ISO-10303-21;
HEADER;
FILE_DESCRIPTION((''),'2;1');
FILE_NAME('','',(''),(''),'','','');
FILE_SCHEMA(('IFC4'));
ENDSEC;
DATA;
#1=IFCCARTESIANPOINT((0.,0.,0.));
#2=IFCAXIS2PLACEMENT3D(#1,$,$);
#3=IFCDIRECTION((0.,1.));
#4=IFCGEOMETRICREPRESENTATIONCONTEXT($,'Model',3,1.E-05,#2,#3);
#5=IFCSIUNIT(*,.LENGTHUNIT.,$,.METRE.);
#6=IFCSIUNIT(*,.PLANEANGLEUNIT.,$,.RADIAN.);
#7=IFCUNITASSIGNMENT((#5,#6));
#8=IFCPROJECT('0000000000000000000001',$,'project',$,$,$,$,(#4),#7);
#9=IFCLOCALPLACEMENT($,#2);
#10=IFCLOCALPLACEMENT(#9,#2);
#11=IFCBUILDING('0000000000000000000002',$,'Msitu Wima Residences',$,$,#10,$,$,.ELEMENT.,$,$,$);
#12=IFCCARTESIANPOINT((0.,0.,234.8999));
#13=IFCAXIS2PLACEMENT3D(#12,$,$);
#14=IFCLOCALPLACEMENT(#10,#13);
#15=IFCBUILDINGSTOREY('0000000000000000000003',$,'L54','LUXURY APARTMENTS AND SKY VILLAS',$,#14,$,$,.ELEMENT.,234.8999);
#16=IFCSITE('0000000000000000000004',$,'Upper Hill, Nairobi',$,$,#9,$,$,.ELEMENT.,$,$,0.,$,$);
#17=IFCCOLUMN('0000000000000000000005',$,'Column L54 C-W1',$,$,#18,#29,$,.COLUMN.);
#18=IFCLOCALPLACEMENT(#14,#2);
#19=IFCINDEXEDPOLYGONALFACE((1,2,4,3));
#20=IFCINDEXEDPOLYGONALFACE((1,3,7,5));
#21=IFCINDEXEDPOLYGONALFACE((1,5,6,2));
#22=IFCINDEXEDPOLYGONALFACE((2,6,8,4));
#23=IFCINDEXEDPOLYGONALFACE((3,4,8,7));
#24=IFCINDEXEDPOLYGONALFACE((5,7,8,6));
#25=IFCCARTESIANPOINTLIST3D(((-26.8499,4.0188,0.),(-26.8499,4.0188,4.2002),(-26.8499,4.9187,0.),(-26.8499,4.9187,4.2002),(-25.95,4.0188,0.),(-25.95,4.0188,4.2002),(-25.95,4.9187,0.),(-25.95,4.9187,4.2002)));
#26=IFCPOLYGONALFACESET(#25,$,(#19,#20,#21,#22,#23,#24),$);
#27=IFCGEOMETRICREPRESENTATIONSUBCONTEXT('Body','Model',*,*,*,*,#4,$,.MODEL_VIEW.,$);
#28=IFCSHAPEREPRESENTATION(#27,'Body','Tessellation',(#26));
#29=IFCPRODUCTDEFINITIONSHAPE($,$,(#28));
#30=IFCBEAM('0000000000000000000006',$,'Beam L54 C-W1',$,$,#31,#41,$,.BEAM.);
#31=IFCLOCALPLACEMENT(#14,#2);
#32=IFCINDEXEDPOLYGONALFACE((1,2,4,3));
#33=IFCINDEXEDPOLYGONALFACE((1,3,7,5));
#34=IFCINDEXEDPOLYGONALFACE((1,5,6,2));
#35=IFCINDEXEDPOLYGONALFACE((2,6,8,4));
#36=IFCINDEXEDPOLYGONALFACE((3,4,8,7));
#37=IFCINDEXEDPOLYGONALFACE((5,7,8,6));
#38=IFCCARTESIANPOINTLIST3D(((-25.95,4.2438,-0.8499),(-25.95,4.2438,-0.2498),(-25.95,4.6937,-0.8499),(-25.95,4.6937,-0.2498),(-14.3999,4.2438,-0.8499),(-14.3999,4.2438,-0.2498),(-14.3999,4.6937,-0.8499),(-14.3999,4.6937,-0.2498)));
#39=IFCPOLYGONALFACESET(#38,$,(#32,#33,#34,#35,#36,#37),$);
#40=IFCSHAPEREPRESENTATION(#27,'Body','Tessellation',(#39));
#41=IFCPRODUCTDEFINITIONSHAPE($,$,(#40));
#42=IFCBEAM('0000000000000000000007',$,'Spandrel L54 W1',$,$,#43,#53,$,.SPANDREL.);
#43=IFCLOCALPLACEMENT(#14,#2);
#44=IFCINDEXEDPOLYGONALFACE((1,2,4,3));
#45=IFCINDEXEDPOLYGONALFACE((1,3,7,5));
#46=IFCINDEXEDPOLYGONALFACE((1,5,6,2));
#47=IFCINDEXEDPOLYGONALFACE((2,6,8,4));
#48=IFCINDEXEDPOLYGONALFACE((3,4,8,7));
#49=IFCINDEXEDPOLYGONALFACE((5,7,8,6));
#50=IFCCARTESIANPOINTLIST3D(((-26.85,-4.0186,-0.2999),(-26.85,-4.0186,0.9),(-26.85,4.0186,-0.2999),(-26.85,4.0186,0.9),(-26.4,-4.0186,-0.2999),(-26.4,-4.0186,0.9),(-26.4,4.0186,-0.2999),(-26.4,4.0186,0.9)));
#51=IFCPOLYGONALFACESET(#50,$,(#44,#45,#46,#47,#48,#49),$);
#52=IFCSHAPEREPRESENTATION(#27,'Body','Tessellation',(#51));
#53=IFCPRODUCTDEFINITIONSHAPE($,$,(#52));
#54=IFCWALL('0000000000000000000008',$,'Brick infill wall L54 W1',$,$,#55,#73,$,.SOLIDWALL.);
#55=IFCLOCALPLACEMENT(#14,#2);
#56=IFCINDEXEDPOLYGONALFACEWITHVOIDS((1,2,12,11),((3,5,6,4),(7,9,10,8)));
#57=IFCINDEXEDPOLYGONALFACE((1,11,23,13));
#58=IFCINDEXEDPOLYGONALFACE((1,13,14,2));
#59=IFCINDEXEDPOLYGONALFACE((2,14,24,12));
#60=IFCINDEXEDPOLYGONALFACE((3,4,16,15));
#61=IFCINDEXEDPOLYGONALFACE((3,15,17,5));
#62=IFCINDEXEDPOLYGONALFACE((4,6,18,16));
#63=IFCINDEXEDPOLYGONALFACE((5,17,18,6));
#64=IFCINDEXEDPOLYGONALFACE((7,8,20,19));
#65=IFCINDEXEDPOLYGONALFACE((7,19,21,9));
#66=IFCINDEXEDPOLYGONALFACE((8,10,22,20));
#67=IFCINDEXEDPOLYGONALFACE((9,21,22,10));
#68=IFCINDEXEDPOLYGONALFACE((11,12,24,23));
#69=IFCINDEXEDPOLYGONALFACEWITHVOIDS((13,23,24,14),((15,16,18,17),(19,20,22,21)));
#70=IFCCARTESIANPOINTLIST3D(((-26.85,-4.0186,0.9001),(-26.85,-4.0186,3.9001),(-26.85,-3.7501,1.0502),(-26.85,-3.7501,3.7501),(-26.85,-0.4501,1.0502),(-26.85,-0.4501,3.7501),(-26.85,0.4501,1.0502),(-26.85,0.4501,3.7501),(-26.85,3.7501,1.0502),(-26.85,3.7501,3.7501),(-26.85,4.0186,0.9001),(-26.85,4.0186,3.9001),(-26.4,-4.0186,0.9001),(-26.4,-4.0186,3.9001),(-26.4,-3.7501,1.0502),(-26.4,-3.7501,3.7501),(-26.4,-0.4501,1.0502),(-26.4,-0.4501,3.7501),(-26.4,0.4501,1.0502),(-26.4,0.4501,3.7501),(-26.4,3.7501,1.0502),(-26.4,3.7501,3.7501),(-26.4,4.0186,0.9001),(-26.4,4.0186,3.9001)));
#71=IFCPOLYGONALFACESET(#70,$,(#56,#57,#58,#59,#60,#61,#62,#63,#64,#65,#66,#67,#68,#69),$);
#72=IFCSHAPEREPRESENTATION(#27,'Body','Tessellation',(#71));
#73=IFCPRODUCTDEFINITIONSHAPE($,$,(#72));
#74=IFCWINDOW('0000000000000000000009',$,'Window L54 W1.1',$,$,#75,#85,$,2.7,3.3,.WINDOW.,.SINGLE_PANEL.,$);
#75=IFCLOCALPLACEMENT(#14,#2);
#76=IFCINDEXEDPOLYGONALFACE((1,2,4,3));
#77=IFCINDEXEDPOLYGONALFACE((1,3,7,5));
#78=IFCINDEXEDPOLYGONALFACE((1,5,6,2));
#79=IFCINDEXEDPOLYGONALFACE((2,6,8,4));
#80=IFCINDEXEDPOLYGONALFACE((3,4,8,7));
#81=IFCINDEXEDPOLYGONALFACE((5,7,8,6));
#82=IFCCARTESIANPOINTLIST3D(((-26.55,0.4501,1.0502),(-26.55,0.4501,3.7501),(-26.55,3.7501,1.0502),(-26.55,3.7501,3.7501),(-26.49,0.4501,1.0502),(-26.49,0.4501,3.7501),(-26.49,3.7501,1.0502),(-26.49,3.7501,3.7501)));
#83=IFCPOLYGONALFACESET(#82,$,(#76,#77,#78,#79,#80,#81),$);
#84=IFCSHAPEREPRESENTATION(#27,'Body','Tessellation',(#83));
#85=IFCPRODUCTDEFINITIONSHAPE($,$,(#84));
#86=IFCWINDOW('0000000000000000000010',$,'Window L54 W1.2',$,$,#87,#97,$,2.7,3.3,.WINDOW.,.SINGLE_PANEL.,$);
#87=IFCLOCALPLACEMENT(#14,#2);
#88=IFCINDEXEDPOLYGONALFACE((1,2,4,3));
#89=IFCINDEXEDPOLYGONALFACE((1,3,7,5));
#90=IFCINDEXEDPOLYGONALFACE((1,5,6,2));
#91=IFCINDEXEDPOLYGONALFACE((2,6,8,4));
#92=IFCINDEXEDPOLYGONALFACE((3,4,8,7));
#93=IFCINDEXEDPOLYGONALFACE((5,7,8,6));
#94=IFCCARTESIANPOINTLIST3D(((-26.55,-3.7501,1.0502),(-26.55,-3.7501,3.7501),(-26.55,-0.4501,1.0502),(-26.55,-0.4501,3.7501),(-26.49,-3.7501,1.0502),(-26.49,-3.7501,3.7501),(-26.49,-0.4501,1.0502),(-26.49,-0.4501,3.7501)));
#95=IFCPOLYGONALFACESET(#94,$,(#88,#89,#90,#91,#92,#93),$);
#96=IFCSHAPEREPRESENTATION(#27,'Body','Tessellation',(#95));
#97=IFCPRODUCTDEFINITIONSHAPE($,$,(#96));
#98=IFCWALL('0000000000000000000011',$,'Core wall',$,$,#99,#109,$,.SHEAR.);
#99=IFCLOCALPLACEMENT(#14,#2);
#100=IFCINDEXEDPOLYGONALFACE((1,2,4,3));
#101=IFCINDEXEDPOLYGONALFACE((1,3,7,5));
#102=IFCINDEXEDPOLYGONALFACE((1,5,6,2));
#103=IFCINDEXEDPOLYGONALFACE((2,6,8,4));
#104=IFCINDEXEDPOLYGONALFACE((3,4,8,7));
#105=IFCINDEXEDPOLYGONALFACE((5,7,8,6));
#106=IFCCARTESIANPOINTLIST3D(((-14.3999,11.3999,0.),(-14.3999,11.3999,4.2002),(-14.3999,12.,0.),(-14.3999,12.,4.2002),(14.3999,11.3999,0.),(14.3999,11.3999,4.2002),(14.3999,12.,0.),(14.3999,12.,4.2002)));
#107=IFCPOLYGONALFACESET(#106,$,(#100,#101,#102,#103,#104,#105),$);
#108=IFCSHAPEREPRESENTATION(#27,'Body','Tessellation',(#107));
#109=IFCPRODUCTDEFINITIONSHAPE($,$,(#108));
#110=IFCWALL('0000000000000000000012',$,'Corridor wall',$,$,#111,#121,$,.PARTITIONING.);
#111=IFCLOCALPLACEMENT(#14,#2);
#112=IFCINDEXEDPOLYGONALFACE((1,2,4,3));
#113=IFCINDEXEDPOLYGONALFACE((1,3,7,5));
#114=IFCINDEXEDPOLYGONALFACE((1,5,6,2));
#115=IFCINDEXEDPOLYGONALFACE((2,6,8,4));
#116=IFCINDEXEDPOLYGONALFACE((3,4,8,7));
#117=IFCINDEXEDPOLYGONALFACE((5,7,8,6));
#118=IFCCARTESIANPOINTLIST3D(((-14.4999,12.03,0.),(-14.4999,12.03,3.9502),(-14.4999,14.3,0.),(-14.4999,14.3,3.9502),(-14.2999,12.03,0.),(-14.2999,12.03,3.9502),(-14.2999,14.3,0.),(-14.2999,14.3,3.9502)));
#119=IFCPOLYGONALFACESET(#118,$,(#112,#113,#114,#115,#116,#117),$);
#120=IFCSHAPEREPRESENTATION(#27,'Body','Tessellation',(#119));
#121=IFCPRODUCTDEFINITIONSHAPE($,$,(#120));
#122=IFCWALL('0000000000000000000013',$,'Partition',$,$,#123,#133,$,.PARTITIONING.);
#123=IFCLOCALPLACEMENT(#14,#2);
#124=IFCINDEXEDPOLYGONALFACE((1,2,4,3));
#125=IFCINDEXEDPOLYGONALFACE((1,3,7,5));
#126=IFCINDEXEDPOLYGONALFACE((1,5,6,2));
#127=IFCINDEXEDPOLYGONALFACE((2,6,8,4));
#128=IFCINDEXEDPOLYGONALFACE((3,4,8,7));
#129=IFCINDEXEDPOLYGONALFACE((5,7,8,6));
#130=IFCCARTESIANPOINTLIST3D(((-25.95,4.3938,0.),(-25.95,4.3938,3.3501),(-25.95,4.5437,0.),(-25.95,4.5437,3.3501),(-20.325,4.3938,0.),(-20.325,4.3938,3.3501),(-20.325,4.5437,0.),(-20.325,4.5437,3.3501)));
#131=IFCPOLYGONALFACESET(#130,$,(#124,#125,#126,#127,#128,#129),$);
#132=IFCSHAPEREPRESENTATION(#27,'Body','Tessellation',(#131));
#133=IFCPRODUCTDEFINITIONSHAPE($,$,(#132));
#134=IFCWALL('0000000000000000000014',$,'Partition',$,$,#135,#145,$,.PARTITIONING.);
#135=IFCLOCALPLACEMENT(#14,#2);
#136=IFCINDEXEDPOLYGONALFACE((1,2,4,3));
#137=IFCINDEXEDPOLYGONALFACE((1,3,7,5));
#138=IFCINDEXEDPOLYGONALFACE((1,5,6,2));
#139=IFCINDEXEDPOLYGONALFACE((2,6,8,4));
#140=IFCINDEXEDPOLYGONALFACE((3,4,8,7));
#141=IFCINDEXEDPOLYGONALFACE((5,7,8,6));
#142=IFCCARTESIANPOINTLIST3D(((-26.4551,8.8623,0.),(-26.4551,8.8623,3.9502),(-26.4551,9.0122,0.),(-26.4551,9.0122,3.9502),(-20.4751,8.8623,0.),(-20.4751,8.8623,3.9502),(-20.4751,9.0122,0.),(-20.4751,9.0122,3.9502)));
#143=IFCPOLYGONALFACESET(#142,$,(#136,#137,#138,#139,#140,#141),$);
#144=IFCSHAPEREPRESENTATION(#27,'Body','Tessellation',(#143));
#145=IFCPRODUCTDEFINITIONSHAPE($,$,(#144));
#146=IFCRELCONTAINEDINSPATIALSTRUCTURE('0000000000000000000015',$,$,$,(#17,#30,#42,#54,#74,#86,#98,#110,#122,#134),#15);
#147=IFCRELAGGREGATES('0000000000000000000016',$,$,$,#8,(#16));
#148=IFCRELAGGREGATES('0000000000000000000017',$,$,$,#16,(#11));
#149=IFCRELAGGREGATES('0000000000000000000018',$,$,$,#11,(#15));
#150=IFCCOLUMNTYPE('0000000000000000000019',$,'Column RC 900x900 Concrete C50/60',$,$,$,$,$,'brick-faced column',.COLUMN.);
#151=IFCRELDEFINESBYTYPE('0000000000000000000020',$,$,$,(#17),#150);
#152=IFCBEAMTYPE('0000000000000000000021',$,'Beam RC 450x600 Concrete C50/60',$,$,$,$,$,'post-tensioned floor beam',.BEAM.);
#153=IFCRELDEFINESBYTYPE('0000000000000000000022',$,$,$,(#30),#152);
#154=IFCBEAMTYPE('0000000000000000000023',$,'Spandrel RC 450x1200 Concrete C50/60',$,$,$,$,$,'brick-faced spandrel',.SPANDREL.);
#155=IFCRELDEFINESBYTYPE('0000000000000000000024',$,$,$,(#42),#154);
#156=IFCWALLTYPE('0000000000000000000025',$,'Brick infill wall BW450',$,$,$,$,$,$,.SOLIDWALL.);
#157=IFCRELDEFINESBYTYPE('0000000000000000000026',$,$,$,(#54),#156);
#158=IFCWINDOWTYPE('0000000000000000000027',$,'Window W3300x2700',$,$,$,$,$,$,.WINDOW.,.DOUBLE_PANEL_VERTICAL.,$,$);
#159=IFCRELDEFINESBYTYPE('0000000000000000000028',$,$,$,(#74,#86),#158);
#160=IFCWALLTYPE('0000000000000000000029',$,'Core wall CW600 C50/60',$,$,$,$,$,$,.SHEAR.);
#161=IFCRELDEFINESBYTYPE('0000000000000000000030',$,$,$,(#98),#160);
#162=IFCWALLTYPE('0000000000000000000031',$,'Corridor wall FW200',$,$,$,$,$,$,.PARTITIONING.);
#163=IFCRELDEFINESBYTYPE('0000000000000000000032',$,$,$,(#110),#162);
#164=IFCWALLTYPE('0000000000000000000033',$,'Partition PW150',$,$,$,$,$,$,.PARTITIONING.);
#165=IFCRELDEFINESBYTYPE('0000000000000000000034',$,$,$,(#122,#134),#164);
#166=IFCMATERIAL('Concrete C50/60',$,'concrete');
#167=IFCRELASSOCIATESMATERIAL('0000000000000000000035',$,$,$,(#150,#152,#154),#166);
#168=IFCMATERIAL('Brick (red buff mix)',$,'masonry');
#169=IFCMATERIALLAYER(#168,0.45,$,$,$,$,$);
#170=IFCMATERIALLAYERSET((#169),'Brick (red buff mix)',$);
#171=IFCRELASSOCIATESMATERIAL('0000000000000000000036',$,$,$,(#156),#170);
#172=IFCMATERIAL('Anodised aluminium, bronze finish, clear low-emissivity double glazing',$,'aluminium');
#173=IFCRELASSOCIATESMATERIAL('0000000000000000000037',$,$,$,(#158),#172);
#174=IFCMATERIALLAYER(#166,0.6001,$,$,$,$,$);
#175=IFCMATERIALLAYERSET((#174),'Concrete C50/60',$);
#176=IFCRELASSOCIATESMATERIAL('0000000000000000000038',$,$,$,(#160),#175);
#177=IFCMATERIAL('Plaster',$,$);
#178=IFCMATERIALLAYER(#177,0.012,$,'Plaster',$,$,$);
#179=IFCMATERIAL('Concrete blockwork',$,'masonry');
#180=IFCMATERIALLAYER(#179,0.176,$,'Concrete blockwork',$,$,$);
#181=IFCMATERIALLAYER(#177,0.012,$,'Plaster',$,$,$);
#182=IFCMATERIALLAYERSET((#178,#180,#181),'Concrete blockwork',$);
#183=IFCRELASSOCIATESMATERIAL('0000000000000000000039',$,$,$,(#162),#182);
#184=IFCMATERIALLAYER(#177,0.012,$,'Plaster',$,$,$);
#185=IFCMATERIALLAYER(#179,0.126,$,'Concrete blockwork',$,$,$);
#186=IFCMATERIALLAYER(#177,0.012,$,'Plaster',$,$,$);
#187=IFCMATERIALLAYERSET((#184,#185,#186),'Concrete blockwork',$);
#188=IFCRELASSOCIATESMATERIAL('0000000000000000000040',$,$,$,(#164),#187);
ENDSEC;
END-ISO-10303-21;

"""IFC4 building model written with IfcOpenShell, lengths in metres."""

from ifc_helpers import new_model, si_unit, direction, frame, frame_2d, origin, origin_2d, place, context, subcontext, project, spatial, rectangle, extrude, material, layer, layer_set, material_profile, profile_set, type_object, element, fill, save


model = new_model("IFC4")

# Units and contexts
model_context = context("Model", 3, precision=1e-05, world=origin(), true_north=direction((0.0, 1.0)))
body_context = subcontext(model_context, "Body", "Model", "MODEL_VIEW")
ifc_project = project(units=[si_unit("LENGTHUNIT", "METRE"), si_unit("PLANEANGLEUNIT", "RADIAN")], contexts=[model_context])

# Site, building, storey
site_placement = place(None, origin())
site = spatial("IfcSite", under=ifc_project, at=site_placement, Name="Upper Hill, Nairobi", CompositionType="ELEMENT", RefElevation=0.0)
building_placement = place(site_placement, origin())
building = spatial("IfcBuilding", under=site, at=building_placement, Name="Msitu Wima Residences", CompositionType="ELEMENT")
storey_placement = place(building_placement, frame((0.0, 0.0, 234.8999)))
storey = spatial("IfcBuildingStorey", under=building, at=storey_placement, Name="L54", Description="LUXURY APARTMENTS AND SKY VILLAS", CompositionType="ELEMENT", Elevation=234.8999)

# Column
ifc_material_1 = material(Name="Concrete C50/60", Category="concrete")
ifc_material_profile_1 = material_profile(ifc_material_1, rectangle(XDim=0.8999, YDim=0.8999, at=origin_2d()), Name="RC 900x900")
ifc_profile_set_1 = profile_set([ifc_material_profile_1], Name="Concrete C50/60")
column_type = type_object("IfcColumnType", Name="Column RC 900x900 Concrete C50/60", ElementType="brick-faced column", PredefinedType="COLUMN", material=ifc_profile_set_1)
column_placement = place(storey_placement, frame((-26.3999, 4.4688, 0.0), z_axis=(0.0, 0.0, 1.0), x_axis=(0.0, -1.0, 0.0)))
element("IfcColumn", 1, at=column_placement, inside=storey, type_object=column_type, Name="Column L54 C-W1", PredefinedType="COLUMN", context=body_context, shape_type="SweptSolid", body=[
    extrude(rectangle(XDim=0.8999, YDim=0.8999, at=origin_2d()), origin(), (0.0, 0.0, 1.0), 4.2002),
])

# Beams
ifc_material_profile_2 = material_profile(ifc_material_1, rectangle(XDim=0.45, YDim=0.6001, at=origin_2d()), Name="RC 450x600")
ifc_profile_set_2 = profile_set([ifc_material_profile_2], Name="Concrete C50/60")
beam_type_1 = type_object("IfcBeamType", Name="Beam RC 450x600 Concrete C50/60", ElementType="post-tensioned floor beam", PredefinedType="BEAM", material=ifc_profile_set_2)
beam_1_placement = place(storey_placement, frame((-25.95, 4.4688, -0.5498), z_axis=(1.0, 0.0, 0.0), x_axis=(0.0, 1.0, 0.0)))
element("IfcBeam", 2, at=beam_1_placement, inside=storey, type_object=beam_type_1, Name="Beam L54 C-W1", PredefinedType="BEAM", context=body_context, shape_type="SweptSolid", body=[
    extrude(rectangle(XDim=0.45, YDim=0.6001, at=origin_2d()), origin(), (0.0, 0.0, 1.0), 11.55),
])
ifc_material_profile_3 = material_profile(ifc_material_1, rectangle(XDim=0.45, YDim=1.2, at=origin_2d()), Name="RC 450x1200")
ifc_profile_set_3 = profile_set([ifc_material_profile_3], Name="Concrete C50/60")
beam_type_2 = type_object("IfcBeamType", Name="Spandrel RC 450x1200 Concrete C50/60", ElementType="brick-faced spandrel", PredefinedType="SPANDREL", material=ifc_profile_set_3)
beam_2_placement = place(storey_placement, frame((-26.625, 4.0186, 0.3), z_axis=(0.0, -1.0, 0.0), x_axis=(1.0, 0.0, 0.0)))
element("IfcBeam", 3, at=beam_2_placement, inside=storey, type_object=beam_type_2, Name="Spandrel L54 W1", PredefinedType="SPANDREL", context=body_context, shape_type="SweptSolid", body=[
    extrude(rectangle(XDim=0.45, YDim=1.2, at=origin_2d()), origin(), (0.0, 0.0, 1.0), 8.0371),
])

# Wall, openings, windows
ifc_material_2 = material(Name="Brick (red buff mix)", Category="masonry")
ifc_layer_1 = layer(ifc_material_2, 0.45)
ifc_layer_set_1 = layer_set([ifc_layer_1], Name="Brick (red buff mix)")
wall_type_1 = type_object("IfcWallType", Name="Brick infill wall BW450", PredefinedType="SOLIDWALL", material=ifc_layer_set_1)
wall_1_placement = place(storey_placement, frame((-26.625, 4.0186, 0.9001), z_axis=(0.0, 0.0, 1.0), x_axis=(0.0, -1.0, 0.0)))
wall_1 = element("IfcWall", 4, at=wall_1_placement, inside=storey, type_object=wall_type_1, Name="Brick infill wall L54 W1", PredefinedType="SOLIDWALL", context=body_context, shape_type="SweptSolid", body=[
    extrude(rectangle(XDim=8.0371, YDim=0.45, at=frame_2d((4.0186, 0.0))), origin(), (0.0, 0.0, 1.0), 3.0),
])
opening_1_placement = place(wall_1_placement, frame((0.2686, 0.0, 0.1499)))
opening_1 = element("IfcOpeningElement", 5, at=opening_1_placement, cuts=wall_1, PredefinedType="OPENING", context=body_context, shape_type="SweptSolid", body=[
    extrude(rectangle(XDim=3.3, YDim=2.7, at=frame_2d((1.6499, 1.3501))), frame((0.0, 0.2349, 0.0), z_axis=(0.0, -1.0, 0.0), x_axis=(1.0, 0.0, 0.0)), (0.0, 0.0, 1.0), 0.47),
])
opening_2_placement = place(wall_1_placement, frame((4.4688, 0.0, 0.1499)))
opening_2 = element("IfcOpeningElement", 6, at=opening_2_placement, cuts=wall_1, PredefinedType="OPENING", context=body_context, shape_type="SweptSolid", body=[
    extrude(rectangle(XDim=3.3, YDim=2.7, at=frame_2d((1.6499, 1.3501))), frame((0.0, 0.2349, 0.0), z_axis=(0.0, -1.0, 0.0), x_axis=(1.0, 0.0, 0.0)), (0.0, 0.0, 1.0), 0.47),
])
ifc_material_3 = material(Name="Anodised aluminium, bronze finish, clear low-emissivity double glazing", Category="aluminium")
window_type = type_object("IfcWindowType", Name="Window W3300x2700", PartitioningType="DOUBLE_PANEL_VERTICAL", PredefinedType="WINDOW", material=ifc_material_3)
window_1_placement = place(opening_1_placement, origin())
window_1 = element("IfcWindow", 7, at=window_1_placement, inside=storey, type_object=window_type, Name="Window L54 W1.1", OverallHeight=2.7, OverallWidth=3.3, PartitioningType="SINGLE_PANEL", PredefinedType="WINDOW", context=body_context, shape_type="SweptSolid", body=[
    extrude(rectangle(XDim=3.3, YDim=2.7, at=frame_2d((1.6499, 1.3501))), frame((0.0, 0.135, 0.0), z_axis=(0.0, -1.0, 0.0), x_axis=(1.0, 0.0, 0.0)), (0.0, 0.0, 1.0), 0.0601),
])
fill(opening_1, window_1)
window_2_placement = place(opening_2_placement, origin())
window_2 = element("IfcWindow", 8, at=window_2_placement, inside=storey, type_object=window_type, Name="Window L54 W1.2", OverallHeight=2.7, OverallWidth=3.3, PartitioningType="SINGLE_PANEL", PredefinedType="WINDOW", context=body_context, shape_type="SweptSolid", body=[
    extrude(rectangle(XDim=3.3, YDim=2.7, at=frame_2d((1.6499, 1.3501))), frame((0.0, 0.135, 0.0), z_axis=(0.0, -1.0, 0.0), x_axis=(1.0, 0.0, 0.0)), (0.0, 0.0, 1.0), 0.0601),
])
fill(opening_2, window_2)

# Walls
ifc_layer_2 = layer(ifc_material_1, 0.6001)
ifc_layer_set_2 = layer_set([ifc_layer_2], Name="Concrete C50/60")
wall_type_2 = type_object("IfcWallType", Name="Core wall CW600 C50/60", PredefinedType="SHEAR", material=ifc_layer_set_2)
wall_2_placement = place(storey_placement, frame((-14.3999, 11.7, 0.0), z_axis=(0.0, 0.0, 1.0), x_axis=(1.0, 0.0, 0.0)))
element("IfcWall", 9, at=wall_2_placement, inside=storey, type_object=wall_type_2, Name="Core wall", PredefinedType="SHEAR", context=body_context, shape_type="SweptSolid", body=[
    extrude(rectangle(XDim=28.7998, YDim=0.6001, at=frame_2d((14.3999, 0.0))), origin(), (0.0, 0.0, 1.0), 4.2002),
])
ifc_material_4 = material(Name="Plaster")
ifc_layer_3 = layer(ifc_material_4, 0.012, Name="Plaster")
ifc_material_5 = material(Name="Concrete blockwork", Category="masonry")
ifc_layer_4 = layer(ifc_material_5, 0.176, Name="Concrete blockwork")
ifc_layer_5 = layer(ifc_material_4, 0.012, Name="Plaster")
ifc_layer_set_3 = layer_set([ifc_layer_3, ifc_layer_4, ifc_layer_5], Name="Concrete blockwork")
wall_type_3 = type_object("IfcWallType", Name="Corridor wall FW200", PredefinedType="PARTITIONING", material=ifc_layer_set_3)
wall_3_placement = place(storey_placement, frame((-14.3999, 12.03, 0.0), z_axis=(0.0, 0.0, 1.0), x_axis=(0.0, 1.0, 0.0)))
element("IfcWall", 10, at=wall_3_placement, inside=storey, type_object=wall_type_3, Name="Corridor wall", PredefinedType="PARTITIONING", context=body_context, shape_type="SweptSolid", body=[
    extrude(rectangle(XDim=2.27, YDim=0.2, at=frame_2d((1.135, 0.0))), origin(), (0.0, 0.0, 1.0), 3.9502),
])
ifc_layer_6 = layer(ifc_material_4, 0.012, Name="Plaster")
ifc_layer_7 = layer(ifc_material_5, 0.126, Name="Concrete blockwork")
ifc_layer_8 = layer(ifc_material_4, 0.012, Name="Plaster")
ifc_layer_set_4 = layer_set([ifc_layer_6, ifc_layer_7, ifc_layer_8], Name="Concrete blockwork")
wall_type_4 = type_object("IfcWallType", Name="Partition PW150", PredefinedType="PARTITIONING", material=ifc_layer_set_4)
wall_4_placement = place(storey_placement, frame((-25.95, 4.4688, 0.0), z_axis=(0.0, 0.0, 1.0), x_axis=(1.0, 0.0, 0.0)))
element("IfcWall", 11, at=wall_4_placement, inside=storey, type_object=wall_type_4, Name="Partition", PredefinedType="PARTITIONING", context=body_context, shape_type="SweptSolid", body=[
    extrude(rectangle(XDim=5.625, YDim=0.1499, at=frame_2d((2.8125, 0.0))), origin(), (0.0, 0.0, 1.0), 3.3501),
])
wall_5_placement = place(storey_placement, frame((-26.4551, 8.9373, 0.0), z_axis=(0.0, 0.0, 1.0), x_axis=(1.0, 0.0, 0.0)))
element("IfcWall", 12, at=wall_5_placement, inside=storey, type_object=wall_type_4, Name="Partition", PredefinedType="PARTITIONING", context=body_context, shape_type="SweptSolid", body=[
    extrude(rectangle(XDim=5.98, YDim=0.1499, at=frame_2d((2.99, 0.0))), origin(), (0.0, 0.0, 1.0), 3.9502),
])

save(model, "model.ifc")
